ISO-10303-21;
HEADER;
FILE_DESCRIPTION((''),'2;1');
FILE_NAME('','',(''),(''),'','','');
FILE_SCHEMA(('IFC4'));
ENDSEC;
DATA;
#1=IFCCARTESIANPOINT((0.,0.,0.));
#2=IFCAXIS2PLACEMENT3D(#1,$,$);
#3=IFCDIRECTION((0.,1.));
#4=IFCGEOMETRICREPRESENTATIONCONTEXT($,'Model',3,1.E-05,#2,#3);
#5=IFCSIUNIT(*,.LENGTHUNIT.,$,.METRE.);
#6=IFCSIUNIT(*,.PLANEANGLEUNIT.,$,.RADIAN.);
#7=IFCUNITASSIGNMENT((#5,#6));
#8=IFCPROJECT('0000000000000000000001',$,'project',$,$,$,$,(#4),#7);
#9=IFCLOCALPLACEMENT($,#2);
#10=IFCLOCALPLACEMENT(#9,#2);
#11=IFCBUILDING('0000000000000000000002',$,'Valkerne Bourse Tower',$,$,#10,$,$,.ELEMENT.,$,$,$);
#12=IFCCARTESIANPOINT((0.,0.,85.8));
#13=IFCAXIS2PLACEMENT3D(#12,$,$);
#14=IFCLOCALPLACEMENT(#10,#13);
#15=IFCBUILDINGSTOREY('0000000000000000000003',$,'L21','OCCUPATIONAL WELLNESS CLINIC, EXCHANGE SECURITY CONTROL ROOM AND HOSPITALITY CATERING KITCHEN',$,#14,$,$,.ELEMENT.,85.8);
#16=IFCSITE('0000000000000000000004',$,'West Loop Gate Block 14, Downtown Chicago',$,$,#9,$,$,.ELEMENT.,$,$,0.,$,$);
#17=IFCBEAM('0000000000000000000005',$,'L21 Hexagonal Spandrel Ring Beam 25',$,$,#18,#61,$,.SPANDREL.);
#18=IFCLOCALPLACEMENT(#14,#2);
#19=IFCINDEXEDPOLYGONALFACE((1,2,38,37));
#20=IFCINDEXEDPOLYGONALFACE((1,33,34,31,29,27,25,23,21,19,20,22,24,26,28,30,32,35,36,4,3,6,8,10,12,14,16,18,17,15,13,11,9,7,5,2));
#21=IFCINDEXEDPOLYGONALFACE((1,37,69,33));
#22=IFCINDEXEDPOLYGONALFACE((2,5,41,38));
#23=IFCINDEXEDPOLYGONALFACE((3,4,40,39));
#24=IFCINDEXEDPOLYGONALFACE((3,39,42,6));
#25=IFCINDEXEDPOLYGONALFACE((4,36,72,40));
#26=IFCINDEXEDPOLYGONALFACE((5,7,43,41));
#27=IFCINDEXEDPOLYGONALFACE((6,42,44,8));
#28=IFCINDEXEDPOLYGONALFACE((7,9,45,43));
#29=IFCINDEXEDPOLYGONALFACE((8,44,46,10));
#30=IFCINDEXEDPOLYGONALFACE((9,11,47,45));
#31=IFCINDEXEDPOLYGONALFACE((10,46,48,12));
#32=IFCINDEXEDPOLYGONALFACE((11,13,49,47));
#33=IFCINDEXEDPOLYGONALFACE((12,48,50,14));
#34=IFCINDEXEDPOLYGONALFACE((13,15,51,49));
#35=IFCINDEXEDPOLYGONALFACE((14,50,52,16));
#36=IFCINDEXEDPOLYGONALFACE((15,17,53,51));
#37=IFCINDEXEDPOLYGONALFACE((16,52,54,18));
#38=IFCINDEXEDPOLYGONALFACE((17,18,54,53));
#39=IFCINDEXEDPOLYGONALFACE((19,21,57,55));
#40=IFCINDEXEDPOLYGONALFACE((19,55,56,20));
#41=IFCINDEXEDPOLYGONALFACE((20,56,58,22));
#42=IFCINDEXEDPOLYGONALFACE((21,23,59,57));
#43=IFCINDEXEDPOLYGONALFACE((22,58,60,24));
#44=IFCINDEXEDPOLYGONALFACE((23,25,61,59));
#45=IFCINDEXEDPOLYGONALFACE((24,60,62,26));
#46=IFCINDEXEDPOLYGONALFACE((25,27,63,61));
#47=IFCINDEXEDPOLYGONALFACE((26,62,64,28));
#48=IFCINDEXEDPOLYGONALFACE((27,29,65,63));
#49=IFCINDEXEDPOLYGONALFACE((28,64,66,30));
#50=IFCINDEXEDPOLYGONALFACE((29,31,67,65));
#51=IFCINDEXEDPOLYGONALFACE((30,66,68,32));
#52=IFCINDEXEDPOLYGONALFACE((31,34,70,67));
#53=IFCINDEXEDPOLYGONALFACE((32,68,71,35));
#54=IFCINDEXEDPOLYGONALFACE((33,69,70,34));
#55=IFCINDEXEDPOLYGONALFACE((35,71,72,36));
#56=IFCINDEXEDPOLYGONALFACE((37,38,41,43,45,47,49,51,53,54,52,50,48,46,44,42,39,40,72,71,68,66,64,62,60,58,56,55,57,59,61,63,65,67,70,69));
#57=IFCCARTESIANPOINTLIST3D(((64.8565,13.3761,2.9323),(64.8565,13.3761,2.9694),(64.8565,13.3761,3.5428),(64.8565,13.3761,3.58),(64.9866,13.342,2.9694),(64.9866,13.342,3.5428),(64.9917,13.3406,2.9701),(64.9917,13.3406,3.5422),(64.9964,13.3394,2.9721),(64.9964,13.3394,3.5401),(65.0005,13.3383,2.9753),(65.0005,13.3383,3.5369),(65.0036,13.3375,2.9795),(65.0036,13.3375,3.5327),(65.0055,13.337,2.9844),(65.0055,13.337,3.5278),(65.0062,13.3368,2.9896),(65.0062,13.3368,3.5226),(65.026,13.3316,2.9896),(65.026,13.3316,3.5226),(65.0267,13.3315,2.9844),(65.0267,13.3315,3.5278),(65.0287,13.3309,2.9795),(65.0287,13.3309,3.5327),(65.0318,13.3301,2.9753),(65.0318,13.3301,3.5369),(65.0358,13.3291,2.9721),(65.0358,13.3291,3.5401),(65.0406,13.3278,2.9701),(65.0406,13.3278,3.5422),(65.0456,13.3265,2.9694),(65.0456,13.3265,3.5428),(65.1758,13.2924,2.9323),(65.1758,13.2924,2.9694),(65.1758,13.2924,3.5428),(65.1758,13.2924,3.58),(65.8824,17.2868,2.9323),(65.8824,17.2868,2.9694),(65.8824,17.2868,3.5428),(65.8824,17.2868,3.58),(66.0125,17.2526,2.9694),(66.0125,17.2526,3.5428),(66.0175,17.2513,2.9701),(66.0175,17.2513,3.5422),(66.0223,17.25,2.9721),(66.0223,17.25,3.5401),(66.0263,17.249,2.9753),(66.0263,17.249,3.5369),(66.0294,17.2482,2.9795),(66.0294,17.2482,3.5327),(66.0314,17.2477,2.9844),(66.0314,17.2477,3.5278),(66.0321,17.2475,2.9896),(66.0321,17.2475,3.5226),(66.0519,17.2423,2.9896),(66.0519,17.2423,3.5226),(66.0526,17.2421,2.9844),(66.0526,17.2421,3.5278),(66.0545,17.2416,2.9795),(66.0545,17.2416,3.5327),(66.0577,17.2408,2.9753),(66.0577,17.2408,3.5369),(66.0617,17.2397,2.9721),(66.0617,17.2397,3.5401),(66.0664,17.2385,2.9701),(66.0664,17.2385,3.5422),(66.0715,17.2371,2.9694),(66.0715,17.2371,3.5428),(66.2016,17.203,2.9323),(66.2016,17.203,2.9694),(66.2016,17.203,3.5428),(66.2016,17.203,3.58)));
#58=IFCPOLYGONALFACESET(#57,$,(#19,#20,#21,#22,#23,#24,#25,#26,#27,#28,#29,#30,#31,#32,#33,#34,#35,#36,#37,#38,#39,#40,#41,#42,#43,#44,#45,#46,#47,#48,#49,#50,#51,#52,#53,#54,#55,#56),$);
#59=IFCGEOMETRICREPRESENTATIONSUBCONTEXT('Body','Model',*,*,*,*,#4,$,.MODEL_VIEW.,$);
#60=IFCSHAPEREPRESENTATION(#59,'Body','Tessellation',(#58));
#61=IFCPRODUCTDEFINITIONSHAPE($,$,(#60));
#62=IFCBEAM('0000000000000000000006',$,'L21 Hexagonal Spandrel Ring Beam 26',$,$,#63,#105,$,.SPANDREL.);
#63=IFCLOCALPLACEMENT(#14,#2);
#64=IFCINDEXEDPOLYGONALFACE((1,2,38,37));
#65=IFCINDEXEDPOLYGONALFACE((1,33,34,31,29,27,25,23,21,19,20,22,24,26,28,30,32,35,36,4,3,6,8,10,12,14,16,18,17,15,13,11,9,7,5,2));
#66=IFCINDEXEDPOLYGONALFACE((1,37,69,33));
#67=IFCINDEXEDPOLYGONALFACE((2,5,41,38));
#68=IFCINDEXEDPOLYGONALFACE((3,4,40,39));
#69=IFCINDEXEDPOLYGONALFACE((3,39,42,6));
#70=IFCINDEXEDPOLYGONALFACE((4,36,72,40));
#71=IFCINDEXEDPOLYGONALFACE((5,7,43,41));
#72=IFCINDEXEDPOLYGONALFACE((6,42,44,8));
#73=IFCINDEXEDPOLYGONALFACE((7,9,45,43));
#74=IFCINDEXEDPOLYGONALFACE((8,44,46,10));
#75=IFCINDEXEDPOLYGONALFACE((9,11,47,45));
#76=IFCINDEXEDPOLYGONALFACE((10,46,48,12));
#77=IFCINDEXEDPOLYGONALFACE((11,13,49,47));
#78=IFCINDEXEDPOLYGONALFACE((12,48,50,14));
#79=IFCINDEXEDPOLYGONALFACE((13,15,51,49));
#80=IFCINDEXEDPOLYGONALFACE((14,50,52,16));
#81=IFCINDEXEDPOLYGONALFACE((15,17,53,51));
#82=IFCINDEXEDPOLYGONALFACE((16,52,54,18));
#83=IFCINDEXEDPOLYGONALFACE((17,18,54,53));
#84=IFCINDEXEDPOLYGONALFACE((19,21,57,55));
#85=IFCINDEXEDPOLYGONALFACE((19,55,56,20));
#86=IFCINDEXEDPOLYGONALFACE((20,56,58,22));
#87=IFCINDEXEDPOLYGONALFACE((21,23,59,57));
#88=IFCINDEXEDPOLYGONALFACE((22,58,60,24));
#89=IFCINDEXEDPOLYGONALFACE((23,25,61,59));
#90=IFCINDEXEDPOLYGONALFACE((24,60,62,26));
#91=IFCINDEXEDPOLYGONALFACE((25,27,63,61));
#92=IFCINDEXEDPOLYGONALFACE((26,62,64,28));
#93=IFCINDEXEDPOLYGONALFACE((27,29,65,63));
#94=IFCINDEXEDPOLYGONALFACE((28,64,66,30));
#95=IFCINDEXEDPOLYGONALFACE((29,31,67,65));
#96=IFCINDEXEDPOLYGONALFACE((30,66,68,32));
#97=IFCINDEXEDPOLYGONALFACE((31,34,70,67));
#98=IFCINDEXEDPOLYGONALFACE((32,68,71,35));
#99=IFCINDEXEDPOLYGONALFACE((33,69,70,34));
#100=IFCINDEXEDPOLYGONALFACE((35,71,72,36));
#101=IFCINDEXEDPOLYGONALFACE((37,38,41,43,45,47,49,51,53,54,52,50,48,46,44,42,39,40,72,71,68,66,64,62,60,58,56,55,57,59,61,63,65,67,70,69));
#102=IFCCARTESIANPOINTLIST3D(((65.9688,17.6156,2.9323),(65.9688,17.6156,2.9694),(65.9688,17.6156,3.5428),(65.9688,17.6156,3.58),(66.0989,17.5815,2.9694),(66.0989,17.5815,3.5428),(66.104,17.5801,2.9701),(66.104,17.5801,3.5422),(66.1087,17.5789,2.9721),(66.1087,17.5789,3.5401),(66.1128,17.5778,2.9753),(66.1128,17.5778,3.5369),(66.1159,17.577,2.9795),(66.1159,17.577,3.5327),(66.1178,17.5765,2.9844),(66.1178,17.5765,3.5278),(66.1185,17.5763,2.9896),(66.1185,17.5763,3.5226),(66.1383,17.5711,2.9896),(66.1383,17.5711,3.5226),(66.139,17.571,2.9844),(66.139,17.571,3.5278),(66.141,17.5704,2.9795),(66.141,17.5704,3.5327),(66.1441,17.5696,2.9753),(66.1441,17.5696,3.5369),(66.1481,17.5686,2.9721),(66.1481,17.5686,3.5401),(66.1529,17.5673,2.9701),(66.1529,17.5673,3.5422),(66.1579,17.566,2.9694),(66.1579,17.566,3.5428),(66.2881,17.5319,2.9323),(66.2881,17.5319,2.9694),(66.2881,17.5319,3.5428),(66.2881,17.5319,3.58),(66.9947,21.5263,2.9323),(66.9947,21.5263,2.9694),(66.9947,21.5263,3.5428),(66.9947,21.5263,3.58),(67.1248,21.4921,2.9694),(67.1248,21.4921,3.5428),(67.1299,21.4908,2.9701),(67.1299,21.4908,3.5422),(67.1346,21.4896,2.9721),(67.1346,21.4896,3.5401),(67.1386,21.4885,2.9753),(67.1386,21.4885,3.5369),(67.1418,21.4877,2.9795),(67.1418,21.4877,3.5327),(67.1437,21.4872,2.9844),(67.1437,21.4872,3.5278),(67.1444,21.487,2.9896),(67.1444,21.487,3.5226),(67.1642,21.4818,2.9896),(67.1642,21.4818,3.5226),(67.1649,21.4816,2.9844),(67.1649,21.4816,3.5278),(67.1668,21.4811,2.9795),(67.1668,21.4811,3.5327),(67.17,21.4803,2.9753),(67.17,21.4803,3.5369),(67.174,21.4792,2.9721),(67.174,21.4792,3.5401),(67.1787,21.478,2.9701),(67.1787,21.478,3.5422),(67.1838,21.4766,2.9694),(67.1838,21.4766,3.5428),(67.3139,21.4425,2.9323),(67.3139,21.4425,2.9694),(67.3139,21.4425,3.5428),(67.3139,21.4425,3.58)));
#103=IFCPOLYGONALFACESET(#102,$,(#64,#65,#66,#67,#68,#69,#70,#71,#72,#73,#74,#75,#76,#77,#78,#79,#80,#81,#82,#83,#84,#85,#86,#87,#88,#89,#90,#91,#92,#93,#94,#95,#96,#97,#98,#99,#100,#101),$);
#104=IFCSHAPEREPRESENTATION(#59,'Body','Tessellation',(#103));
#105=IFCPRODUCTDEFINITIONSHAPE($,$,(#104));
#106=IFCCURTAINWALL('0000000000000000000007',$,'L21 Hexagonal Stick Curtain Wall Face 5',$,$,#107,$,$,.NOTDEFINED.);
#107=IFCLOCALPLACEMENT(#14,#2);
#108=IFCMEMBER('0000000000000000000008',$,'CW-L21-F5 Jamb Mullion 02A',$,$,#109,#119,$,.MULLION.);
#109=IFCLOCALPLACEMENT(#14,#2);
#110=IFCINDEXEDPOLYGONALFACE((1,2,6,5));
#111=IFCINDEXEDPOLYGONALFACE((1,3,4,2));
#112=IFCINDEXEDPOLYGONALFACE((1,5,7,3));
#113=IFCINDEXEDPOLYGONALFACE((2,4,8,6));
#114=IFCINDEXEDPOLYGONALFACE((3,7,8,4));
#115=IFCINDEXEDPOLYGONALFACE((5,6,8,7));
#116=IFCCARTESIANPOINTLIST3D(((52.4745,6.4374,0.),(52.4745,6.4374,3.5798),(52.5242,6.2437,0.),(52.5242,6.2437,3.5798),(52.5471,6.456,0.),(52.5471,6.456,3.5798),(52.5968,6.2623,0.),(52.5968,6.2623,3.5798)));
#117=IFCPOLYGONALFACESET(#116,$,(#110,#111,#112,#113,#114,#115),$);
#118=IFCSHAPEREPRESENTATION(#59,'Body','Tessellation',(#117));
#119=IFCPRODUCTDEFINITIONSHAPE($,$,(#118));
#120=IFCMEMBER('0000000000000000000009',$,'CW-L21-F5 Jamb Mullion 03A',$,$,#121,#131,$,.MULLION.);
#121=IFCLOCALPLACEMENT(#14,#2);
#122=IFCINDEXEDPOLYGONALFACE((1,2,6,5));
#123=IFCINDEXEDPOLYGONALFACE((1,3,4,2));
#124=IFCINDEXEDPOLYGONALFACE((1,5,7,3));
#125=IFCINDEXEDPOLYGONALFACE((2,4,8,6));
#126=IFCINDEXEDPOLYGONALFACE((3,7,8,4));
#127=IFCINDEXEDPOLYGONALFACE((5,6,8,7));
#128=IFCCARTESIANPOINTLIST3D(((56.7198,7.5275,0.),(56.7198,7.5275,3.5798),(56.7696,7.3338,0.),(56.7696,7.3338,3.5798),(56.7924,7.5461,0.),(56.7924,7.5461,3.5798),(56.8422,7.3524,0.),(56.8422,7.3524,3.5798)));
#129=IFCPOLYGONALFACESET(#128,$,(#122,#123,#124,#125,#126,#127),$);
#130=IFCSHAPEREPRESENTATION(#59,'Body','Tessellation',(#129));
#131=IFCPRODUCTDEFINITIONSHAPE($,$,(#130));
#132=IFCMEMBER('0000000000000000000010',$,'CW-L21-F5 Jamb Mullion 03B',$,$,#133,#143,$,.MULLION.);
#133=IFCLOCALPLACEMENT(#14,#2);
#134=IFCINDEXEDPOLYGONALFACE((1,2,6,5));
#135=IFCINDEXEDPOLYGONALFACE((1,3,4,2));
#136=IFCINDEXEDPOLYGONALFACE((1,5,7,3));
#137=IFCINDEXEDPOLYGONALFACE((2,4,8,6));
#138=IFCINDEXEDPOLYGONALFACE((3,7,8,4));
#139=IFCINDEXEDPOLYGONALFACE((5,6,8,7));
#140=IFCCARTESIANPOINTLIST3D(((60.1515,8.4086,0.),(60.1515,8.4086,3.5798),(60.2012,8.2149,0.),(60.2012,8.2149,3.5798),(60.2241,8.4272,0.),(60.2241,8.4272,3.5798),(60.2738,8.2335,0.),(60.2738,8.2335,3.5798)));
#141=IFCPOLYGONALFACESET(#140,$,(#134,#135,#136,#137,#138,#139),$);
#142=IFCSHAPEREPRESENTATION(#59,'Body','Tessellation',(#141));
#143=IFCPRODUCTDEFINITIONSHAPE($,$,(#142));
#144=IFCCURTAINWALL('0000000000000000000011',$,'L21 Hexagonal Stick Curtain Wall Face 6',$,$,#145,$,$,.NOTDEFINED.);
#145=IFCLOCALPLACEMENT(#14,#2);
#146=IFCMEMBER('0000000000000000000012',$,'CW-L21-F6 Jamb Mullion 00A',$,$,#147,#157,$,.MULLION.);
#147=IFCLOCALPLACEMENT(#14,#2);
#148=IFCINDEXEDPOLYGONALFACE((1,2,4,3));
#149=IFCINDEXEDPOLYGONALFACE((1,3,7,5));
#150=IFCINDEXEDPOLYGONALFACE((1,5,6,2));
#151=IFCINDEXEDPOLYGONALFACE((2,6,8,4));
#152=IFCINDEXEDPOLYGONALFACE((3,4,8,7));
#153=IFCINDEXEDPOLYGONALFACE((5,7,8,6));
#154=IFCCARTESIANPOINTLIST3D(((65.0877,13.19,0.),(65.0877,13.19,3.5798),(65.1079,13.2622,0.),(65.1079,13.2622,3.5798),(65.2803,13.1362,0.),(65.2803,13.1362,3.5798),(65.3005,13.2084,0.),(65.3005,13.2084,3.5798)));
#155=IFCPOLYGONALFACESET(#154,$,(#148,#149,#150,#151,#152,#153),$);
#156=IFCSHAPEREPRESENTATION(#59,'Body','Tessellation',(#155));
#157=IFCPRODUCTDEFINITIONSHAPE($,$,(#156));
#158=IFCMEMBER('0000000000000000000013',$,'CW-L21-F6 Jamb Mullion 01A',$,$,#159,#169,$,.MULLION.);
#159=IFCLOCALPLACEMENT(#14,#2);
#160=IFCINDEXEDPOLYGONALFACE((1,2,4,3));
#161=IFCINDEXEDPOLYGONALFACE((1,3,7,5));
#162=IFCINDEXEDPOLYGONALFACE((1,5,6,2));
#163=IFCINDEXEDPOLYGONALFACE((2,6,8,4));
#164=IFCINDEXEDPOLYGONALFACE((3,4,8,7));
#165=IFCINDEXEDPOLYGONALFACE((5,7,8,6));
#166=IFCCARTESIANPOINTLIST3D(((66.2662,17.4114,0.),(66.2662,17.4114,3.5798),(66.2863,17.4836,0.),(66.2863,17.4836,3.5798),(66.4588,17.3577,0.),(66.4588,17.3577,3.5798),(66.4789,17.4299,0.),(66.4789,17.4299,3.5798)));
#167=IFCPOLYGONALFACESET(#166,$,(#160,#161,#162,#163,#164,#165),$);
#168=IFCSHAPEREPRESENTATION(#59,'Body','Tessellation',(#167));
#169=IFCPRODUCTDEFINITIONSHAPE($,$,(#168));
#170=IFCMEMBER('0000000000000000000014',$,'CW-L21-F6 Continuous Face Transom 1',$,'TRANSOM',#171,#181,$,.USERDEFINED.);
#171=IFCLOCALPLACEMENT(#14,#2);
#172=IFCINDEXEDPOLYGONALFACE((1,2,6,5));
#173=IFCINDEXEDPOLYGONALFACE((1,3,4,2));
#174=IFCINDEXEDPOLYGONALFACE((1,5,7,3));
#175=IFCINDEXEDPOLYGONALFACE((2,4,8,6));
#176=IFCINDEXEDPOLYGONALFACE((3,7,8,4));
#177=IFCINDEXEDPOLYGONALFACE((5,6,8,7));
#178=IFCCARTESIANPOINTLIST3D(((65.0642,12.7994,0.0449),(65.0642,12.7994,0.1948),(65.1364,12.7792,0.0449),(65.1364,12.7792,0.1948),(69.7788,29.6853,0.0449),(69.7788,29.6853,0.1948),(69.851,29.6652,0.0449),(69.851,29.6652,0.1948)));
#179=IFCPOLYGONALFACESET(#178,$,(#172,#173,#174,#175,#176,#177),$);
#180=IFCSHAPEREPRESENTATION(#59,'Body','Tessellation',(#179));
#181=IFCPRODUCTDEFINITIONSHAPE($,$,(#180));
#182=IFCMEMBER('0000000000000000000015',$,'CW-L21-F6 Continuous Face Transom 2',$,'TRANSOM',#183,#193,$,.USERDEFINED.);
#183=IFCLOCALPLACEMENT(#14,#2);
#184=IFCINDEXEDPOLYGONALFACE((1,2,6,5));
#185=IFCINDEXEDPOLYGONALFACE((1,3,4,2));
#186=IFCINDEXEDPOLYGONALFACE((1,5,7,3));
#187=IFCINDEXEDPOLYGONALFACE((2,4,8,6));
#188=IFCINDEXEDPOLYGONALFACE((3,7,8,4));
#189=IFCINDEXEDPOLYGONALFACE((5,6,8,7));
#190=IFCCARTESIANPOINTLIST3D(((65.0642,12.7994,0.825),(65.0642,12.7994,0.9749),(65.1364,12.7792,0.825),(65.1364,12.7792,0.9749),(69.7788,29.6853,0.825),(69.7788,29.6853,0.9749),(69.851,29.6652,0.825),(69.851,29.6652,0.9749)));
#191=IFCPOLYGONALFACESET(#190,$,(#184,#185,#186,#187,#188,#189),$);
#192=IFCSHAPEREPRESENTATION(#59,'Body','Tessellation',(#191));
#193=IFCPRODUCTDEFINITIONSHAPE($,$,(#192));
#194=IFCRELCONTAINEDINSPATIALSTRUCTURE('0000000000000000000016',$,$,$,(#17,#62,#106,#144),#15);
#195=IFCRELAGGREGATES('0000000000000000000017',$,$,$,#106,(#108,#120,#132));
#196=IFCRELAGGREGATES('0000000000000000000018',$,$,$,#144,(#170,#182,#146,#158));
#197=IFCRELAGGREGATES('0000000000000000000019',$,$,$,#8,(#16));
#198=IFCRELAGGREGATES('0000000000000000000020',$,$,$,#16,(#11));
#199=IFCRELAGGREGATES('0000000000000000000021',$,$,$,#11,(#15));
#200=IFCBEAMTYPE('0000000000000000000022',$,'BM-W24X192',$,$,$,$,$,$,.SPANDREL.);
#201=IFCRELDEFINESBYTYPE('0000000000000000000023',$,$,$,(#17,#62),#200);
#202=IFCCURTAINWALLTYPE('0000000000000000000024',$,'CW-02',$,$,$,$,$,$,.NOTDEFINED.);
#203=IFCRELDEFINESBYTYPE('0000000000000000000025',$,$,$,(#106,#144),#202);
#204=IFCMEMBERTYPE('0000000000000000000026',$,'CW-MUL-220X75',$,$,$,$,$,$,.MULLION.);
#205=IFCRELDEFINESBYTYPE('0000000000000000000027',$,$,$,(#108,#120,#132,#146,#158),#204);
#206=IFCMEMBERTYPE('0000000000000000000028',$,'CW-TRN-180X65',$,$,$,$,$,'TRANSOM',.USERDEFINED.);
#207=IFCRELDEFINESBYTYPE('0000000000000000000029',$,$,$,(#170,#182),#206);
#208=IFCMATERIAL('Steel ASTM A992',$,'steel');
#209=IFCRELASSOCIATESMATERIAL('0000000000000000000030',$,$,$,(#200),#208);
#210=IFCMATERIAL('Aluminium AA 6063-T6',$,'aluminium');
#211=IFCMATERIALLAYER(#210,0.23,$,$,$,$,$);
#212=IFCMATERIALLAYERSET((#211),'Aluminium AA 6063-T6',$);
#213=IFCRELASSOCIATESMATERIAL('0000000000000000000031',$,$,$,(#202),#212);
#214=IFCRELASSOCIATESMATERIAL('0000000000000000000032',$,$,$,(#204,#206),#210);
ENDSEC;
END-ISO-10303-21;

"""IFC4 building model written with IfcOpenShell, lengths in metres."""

from ifc_helpers import new_model, si_unit, direction, frame, origin, origin_2d, place, context, subcontext, project, spatial, rectangle, i_section, extrude, material, layer, layer_set, material_profile, profile_set, type_object, element, aggregate, save


model = new_model("IFC4")

# Units and contexts
model_context = context("Model", 3, precision=1e-05, world=origin(), true_north=direction((0.0, 1.0)))
body_context = subcontext(model_context, "Body", "Model", "MODEL_VIEW")
ifc_project = project(units=[si_unit("LENGTHUNIT", "METRE"), si_unit("PLANEANGLEUNIT", "RADIAN")], contexts=[model_context])

# Site, building, storey
site_placement = place(None, origin())
site = spatial("IfcSite", under=ifc_project, at=site_placement, Name="West Loop Gate Block 14, Downtown Chicago", CompositionType="ELEMENT", RefElevation=0.0)
building_placement = place(site_placement, origin())
building = spatial("IfcBuilding", under=site, at=building_placement, Name="Valkerne Bourse Tower", CompositionType="ELEMENT")
storey_placement = place(building_placement, frame((0.0, 0.0, 85.8)))
storey = spatial("IfcBuildingStorey", under=building, at=storey_placement, Name="L21", Description="OCCUPATIONAL WELLNESS CLINIC, EXCHANGE SECURITY CONTROL ROOM AND HOSPITALITY CATERING KITCHEN", CompositionType="ELEMENT", Elevation=85.8)

# Beams
ifc_material_1 = material(Name="Steel ASTM A992", Category="steel")
ifc_material_profile_1 = material_profile(ifc_material_1, i_section(OverallWidth=0.3301, OverallDepth=0.6477, WebThickness=0.0205, FlangeThickness=0.0371, FilletRadius=0.0203, at=origin_2d()), Name="W24X192")
ifc_profile_set_1 = profile_set([ifc_material_profile_1], Name="Steel ASTM A992")
beam_type = type_object("IfcBeamType", Name="BM-W24X192", PredefinedType="SPANDREL", material=ifc_profile_set_1)
for number, where, z_axis, x_axis, name in (
    (1, (65.0161, 13.3342, 3.2561), (0.253744, 0.967271, 0.0), (-0.967271, 0.253744, 0.0), "L21 Hexagonal Spandrel Ring Beam 25"),
    (2, (66.1284, 17.5737, 3.2561), (0.253744, 0.967271, 0.0), (-0.967271, 0.253744, 0.0), "L21 Hexagonal Spandrel Ring Beam 26"),
):
    element("IfcBeam", number, at=place(storey_placement, frame(where, z_axis=z_axis, x_axis=x_axis)), inside=storey, type_object=beam_type, Name=name, PredefinedType="SPANDREL", context=body_context, shape_type="SweptSolid", body=[
        extrude(i_section(OverallWidth=0.3301, OverallDepth=0.6477, WebThickness=0.0205, FlangeThickness=0.0371, FilletRadius=0.0203, at=origin_2d()), origin(), (0.0, 0.0, 1.0), 4.043),
    ])

# Curtain walls, members
ifc_material_2 = material(Name="Aluminium AA 6063-T6", Category="aluminium")
ifc_layer_1 = layer(ifc_material_2, 0.23)
ifc_layer_set_1 = layer_set([ifc_layer_1], Name="Aluminium AA 6063-T6")
curtain_wall_type = type_object("IfcCurtainWallType", Name="CW-02", PredefinedType="NOTDEFINED", material=ifc_layer_set_1)
curtain_wall_1_placement = place(storey_placement, origin())
curtain_wall_1 = element("IfcCurtainWall", 3, at=curtain_wall_1_placement, inside=storey, type_object=curtain_wall_type, Name="L21 Hexagonal Stick Curtain Wall Face 5", PredefinedType="NOTDEFINED")
ifc_material_profile_2 = material_profile(ifc_material_2, rectangle(XDim=0.075, YDim=0.2, at=origin_2d()), Name="CWM-75X200")
ifc_profile_set_2 = profile_set([ifc_material_profile_2], Name="Aluminium AA 6063-T6")
member_type_1 = type_object("IfcMemberType", Name="CW-MUL-220X75", PredefinedType="MULLION", material=ifc_profile_set_2)
member_1_placement = place(storey_placement, frame((52.5356, 6.3499, 0.0), z_axis=(0.0, 0.0, 1.0), x_axis=(0.968584, 0.248688, 0.0)))
member_1 = element("IfcMember", 4, at=member_1_placement, type_object=member_type_1, Name="CW-L21-F5 Jamb Mullion 02A", PredefinedType="MULLION", context=body_context, shape_type="SweptSolid", body=[
    extrude(rectangle(XDim=0.075, YDim=0.2, at=origin_2d()), origin(), (0.0, 0.0, 1.0), 3.5798),
])
member_2_placement = place(storey_placement, frame((56.781, 7.4399, 0.0), z_axis=(0.0, 0.0, 1.0), x_axis=(0.968584, 0.248688, 0.0)))
member_2 = element("IfcMember", 5, at=member_2_placement, type_object=member_type_1, Name="CW-L21-F5 Jamb Mullion 03A", PredefinedType="MULLION", context=body_context, shape_type="SweptSolid", body=[
    extrude(rectangle(XDim=0.075, YDim=0.2, at=origin_2d()), origin(), (0.0, 0.0, 1.0), 3.5798),
])
member_3_placement = place(storey_placement, frame((60.2126, 8.321, 0.0), z_axis=(0.0, 0.0, 1.0), x_axis=(0.968584, 0.248688, 0.0)))
member_3 = element("IfcMember", 6, at=member_3_placement, type_object=member_type_1, Name="CW-L21-F5 Jamb Mullion 03B", PredefinedType="MULLION", context=body_context, shape_type="SweptSolid", body=[
    extrude(rectangle(XDim=0.075, YDim=0.2, at=origin_2d()), origin(), (0.0, 0.0, 1.0), 3.5798),
])
curtain_wall_2_placement = place(storey_placement, origin())
curtain_wall_2 = element("IfcCurtainWall", 7, at=curtain_wall_2_placement, inside=storey, type_object=curtain_wall_type, Name="L21 Hexagonal Stick Curtain Wall Face 6", PredefinedType="NOTDEFINED")
member_4_placement = place(storey_placement, frame((65.1941, 13.1992, 0.0), z_axis=(0.0, 0.0, 1.0), x_axis=(0.2689, 0.963168, 0.0)))
member_4 = element("IfcMember", 8, at=member_4_placement, type_object=member_type_1, Name="CW-L21-F6 Jamb Mullion 00A", PredefinedType="MULLION", context=body_context, shape_type="SweptSolid", body=[
    extrude(rectangle(XDim=0.075, YDim=0.2, at=origin_2d()), origin(), (0.0, 0.0, 1.0), 3.5798),
])
member_5_placement = place(storey_placement, frame((66.3726, 17.4207, 0.0), z_axis=(0.0, 0.0, 1.0), x_axis=(0.268927, 0.96316, 0.0)))
member_5 = element("IfcMember", 9, at=member_5_placement, type_object=member_type_1, Name="CW-L21-F6 Jamb Mullion 01A", PredefinedType="MULLION", context=body_context, shape_type="SweptSolid", body=[
    extrude(rectangle(XDim=0.075, YDim=0.2, at=origin_2d()), origin(), (0.0, 0.0, 1.0), 3.5798),
])
ifc_material_profile_3 = material_profile(ifc_material_2, rectangle(XDim=0.075, YDim=0.1499, at=origin_2d()), Name="CWT-75X150")
ifc_profile_set_3 = profile_set([ifc_material_profile_3], Name="Aluminium AA 6063-T6")
member_type_2 = type_object("IfcMemberType", Name="CW-TRN-180X65", ElementType="TRANSOM", PredefinedType="USERDEFINED", material=ifc_profile_set_3)
member_6_placement = place(storey_placement, frame((65.1003, 12.7893, 0.1199), z_axis=(0.268917, 0.963163, 0.0), x_axis=(-0.963163, 0.268917, 0.0)))
member_6 = element("IfcMember", 10, at=member_6_placement, type_object=member_type_2, Name="CW-L21-F6 Continuous Face Transom 1", ObjectType="TRANSOM", PredefinedType="USERDEFINED", context=body_context, shape_type="SweptSolid", body=[
    extrude(rectangle(XDim=0.075, YDim=0.1499, at=origin_2d()), origin(), (0.0, 0.0, 1.0), 17.5317),
])
member_7_placement = place(storey_placement, frame((65.1003, 12.7893, 0.8999), z_axis=(0.268917, 0.963163, 0.0), x_axis=(-0.963163, 0.268917, 0.0)))
member_7 = element("IfcMember", 11, at=member_7_placement, type_object=member_type_2, Name="CW-L21-F6 Continuous Face Transom 2", ObjectType="TRANSOM", PredefinedType="USERDEFINED", context=body_context, shape_type="SweptSolid", body=[
    extrude(rectangle(XDim=0.075, YDim=0.1499, at=origin_2d()), origin(), (0.0, 0.0, 1.0), 17.5317),
])

aggregate(curtain_wall_1, [member_1, member_2, member_3])
aggregate(curtain_wall_2, [member_6, member_7, member_4, member_5])

save(model, "model.ifc")
